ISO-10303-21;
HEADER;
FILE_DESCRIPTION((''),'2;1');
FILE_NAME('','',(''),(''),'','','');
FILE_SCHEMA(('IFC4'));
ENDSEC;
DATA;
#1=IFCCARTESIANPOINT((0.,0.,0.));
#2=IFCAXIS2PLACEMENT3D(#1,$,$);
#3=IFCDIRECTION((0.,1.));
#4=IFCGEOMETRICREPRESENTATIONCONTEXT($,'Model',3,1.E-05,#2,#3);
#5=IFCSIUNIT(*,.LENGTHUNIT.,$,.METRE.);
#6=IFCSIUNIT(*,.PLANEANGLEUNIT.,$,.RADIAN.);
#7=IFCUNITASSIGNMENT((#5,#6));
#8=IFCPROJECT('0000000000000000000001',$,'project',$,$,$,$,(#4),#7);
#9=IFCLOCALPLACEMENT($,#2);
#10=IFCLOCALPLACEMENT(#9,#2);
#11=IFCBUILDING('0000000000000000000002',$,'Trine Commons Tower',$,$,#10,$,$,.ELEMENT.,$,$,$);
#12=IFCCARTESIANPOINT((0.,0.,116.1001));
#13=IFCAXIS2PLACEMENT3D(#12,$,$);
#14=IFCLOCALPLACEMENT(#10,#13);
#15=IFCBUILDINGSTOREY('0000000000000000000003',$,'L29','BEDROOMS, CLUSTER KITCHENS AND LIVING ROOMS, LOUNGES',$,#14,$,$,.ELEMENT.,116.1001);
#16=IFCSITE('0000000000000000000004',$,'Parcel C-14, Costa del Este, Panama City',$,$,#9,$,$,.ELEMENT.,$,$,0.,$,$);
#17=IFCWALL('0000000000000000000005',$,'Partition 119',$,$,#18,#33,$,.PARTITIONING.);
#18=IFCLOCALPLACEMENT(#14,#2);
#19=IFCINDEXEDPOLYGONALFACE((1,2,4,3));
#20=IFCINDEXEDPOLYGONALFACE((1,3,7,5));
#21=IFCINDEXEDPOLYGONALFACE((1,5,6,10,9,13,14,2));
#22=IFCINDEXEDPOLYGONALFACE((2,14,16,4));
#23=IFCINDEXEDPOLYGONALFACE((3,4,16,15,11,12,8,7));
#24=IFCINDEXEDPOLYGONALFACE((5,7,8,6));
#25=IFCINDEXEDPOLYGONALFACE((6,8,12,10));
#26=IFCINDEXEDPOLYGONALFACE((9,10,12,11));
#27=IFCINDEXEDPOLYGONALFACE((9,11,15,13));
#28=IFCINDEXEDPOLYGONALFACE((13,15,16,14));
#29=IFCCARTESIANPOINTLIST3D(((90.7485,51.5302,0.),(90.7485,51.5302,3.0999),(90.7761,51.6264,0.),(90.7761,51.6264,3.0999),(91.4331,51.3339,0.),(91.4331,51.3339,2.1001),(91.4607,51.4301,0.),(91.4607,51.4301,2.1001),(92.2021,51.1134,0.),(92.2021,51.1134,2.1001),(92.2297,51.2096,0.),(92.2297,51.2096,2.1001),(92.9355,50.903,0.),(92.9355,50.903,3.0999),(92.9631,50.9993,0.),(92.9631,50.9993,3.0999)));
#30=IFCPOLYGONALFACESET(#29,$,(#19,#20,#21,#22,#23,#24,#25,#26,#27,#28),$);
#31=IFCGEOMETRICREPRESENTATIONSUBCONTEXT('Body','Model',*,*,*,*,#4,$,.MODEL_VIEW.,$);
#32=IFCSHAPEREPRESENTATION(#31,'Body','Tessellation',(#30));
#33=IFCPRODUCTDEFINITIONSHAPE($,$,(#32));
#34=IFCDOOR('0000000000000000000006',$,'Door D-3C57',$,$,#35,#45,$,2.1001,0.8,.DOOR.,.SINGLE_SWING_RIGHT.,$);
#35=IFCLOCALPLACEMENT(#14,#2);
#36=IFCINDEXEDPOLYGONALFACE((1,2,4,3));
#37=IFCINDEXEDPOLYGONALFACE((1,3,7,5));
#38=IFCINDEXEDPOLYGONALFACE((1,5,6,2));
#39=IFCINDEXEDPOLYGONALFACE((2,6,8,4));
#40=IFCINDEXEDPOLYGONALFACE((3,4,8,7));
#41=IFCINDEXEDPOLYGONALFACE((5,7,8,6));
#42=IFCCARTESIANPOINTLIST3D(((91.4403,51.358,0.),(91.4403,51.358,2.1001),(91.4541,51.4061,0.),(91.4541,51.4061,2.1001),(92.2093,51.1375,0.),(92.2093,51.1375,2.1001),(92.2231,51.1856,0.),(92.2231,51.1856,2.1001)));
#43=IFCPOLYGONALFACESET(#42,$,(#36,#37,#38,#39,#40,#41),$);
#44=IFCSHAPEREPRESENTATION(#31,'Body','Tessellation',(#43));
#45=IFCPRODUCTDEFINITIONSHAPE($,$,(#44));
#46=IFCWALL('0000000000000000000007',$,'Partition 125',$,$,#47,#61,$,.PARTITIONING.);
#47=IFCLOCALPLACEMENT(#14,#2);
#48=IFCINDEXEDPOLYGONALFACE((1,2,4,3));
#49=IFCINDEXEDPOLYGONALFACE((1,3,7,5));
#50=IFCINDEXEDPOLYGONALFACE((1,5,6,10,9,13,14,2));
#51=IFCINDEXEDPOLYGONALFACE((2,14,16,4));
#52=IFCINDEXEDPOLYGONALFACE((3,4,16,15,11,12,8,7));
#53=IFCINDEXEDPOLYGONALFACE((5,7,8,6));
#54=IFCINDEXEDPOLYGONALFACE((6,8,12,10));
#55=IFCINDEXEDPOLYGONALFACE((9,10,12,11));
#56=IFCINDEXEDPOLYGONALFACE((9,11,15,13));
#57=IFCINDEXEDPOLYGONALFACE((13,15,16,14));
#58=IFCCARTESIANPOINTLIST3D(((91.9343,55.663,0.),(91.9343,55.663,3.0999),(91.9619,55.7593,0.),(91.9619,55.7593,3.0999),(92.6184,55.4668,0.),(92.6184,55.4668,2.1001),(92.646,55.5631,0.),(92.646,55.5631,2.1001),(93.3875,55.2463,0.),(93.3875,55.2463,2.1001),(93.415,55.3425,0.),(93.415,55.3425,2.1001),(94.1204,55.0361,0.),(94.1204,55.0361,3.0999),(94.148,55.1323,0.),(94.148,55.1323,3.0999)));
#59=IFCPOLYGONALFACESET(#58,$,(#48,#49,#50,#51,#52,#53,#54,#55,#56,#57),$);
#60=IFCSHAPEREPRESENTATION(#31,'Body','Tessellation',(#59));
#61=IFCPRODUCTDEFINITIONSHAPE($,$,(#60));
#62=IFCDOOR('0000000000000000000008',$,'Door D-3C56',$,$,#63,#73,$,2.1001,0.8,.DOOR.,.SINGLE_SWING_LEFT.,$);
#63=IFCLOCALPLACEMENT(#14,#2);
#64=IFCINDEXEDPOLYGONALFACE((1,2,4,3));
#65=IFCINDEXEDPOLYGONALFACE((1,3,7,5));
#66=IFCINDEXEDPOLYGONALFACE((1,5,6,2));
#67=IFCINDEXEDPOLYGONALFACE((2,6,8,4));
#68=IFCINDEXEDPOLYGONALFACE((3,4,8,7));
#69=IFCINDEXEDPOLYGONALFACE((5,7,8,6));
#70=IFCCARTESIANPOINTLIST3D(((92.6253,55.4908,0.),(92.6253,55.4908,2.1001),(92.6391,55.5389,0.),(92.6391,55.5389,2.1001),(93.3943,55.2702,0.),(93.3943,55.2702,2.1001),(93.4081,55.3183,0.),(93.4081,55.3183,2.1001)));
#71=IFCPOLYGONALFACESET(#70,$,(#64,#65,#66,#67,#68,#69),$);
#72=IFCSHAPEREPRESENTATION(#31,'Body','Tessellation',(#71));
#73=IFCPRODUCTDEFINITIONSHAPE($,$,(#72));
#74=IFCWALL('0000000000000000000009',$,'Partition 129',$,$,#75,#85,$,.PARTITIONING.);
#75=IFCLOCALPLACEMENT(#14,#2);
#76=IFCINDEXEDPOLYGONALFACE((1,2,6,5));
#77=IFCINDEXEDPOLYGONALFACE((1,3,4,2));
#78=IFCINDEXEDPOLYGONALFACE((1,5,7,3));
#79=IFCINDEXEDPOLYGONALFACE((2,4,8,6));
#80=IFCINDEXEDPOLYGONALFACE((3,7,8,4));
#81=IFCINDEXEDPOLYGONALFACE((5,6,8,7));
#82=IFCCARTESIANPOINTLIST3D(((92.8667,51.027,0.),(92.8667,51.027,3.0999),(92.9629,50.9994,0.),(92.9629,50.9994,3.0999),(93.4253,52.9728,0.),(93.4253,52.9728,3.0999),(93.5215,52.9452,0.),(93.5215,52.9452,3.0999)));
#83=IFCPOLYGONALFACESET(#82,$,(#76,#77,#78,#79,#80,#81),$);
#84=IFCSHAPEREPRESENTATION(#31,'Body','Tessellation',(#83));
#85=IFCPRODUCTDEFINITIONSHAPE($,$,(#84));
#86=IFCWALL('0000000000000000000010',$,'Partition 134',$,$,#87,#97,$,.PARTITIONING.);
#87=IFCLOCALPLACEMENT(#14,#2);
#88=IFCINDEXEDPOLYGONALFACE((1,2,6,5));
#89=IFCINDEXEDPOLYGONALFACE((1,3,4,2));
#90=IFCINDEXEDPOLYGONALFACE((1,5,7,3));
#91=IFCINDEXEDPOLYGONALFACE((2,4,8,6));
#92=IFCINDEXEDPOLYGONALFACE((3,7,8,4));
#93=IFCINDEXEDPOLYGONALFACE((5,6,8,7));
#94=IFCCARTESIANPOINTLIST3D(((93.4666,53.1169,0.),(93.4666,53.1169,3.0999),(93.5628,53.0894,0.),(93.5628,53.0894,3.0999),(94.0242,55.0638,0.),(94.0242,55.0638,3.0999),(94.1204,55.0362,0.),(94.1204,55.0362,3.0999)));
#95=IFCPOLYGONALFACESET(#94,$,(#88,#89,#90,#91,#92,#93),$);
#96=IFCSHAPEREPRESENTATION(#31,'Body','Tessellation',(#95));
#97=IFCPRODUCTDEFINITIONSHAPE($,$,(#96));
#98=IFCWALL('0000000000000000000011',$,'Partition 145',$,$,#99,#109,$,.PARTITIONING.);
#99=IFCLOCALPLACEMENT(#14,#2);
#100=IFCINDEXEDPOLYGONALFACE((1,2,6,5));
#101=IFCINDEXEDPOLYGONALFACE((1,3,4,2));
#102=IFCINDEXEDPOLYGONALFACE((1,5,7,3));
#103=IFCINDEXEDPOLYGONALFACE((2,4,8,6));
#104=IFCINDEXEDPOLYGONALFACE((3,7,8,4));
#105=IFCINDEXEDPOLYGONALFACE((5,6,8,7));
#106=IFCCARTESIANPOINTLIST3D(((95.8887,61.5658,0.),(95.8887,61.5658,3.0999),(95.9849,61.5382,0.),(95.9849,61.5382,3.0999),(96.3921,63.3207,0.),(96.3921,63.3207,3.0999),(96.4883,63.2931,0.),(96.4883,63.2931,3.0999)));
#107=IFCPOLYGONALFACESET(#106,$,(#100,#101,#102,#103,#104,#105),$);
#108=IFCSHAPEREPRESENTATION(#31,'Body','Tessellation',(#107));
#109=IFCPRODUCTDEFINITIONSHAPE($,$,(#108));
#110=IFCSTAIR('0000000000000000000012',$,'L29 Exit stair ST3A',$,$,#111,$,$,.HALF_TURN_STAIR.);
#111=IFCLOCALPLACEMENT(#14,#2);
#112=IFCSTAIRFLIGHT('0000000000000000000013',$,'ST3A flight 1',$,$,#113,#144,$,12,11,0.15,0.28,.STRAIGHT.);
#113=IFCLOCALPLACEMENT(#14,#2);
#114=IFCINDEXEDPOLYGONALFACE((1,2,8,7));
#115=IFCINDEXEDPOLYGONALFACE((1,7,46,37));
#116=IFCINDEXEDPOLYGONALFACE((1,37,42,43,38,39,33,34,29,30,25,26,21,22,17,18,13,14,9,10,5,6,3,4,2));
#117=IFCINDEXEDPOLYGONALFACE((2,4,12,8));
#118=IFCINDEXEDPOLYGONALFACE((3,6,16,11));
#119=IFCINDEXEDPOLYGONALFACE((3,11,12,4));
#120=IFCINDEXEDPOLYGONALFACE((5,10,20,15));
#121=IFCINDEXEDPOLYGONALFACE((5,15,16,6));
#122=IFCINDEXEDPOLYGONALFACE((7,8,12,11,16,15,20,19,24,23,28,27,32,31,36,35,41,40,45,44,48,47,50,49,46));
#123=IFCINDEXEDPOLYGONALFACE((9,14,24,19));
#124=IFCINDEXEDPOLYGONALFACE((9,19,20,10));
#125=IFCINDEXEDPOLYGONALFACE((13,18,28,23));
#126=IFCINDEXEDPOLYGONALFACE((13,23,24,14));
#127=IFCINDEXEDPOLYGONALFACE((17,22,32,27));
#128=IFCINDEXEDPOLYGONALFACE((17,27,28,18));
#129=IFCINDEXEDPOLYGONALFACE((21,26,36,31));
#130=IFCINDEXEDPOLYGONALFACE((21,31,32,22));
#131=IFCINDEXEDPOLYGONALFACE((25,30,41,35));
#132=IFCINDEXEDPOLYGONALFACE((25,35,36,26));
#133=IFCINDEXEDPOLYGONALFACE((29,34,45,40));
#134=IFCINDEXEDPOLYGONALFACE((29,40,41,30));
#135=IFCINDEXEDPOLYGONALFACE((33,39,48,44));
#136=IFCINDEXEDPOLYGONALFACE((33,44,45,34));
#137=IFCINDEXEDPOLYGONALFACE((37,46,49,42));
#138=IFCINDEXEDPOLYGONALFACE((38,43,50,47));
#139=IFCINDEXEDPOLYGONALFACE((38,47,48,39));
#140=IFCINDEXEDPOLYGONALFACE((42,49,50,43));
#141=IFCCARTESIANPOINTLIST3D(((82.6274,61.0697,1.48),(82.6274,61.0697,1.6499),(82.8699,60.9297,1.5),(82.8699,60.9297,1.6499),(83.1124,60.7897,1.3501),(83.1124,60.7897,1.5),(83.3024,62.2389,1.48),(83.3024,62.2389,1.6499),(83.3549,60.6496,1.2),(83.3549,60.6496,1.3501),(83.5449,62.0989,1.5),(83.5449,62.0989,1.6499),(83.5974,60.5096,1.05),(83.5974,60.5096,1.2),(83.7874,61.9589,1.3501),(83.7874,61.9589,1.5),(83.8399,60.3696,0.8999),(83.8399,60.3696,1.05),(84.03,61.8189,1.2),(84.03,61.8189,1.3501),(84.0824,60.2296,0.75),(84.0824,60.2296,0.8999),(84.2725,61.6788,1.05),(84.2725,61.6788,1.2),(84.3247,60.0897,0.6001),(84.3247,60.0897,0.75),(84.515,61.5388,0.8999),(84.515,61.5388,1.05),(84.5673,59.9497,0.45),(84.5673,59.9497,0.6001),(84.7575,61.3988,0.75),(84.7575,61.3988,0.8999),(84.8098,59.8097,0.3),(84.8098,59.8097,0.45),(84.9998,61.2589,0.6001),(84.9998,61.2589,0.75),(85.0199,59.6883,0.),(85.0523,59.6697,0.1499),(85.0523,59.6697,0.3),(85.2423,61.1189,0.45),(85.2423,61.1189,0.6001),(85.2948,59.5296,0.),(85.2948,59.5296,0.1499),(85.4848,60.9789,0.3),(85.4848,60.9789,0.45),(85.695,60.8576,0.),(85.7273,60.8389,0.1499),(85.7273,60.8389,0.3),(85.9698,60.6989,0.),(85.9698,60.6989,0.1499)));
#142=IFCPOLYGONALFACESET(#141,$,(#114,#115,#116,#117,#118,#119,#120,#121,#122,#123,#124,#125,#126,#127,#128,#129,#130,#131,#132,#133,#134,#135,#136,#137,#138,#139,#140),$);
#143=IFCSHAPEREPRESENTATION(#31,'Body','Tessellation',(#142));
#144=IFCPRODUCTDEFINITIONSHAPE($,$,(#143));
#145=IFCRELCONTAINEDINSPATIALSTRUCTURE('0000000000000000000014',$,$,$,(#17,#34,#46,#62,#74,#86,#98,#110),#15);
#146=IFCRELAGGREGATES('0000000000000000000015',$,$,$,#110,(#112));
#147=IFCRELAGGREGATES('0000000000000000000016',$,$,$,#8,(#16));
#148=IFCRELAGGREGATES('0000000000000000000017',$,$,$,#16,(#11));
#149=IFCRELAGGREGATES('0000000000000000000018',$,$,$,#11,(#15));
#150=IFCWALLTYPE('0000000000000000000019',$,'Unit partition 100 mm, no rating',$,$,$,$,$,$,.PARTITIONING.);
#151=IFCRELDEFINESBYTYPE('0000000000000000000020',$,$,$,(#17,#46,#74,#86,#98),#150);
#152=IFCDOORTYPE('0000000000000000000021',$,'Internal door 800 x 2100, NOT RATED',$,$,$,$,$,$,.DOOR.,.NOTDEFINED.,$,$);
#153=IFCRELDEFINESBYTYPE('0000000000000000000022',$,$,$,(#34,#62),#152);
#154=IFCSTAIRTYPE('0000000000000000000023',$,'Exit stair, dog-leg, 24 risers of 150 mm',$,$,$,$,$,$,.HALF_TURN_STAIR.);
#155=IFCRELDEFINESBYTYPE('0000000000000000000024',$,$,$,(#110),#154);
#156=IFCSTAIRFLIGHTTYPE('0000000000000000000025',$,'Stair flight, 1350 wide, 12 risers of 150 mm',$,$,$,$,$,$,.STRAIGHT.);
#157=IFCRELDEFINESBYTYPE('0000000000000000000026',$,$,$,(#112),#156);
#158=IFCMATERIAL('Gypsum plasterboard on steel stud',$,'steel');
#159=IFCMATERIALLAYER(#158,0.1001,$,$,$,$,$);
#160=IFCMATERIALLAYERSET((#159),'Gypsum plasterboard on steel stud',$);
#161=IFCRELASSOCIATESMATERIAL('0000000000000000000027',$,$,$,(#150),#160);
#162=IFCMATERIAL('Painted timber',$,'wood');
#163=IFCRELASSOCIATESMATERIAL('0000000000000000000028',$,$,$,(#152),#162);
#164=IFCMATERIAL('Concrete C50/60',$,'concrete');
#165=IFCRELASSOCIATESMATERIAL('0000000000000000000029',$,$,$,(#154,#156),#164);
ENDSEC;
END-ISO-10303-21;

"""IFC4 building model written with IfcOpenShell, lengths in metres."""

from ifc_helpers import new_model, si_unit, direction, frame, frame_2d, origin, place, context, subcontext, project, spatial, polyline, rectangle, outline, extrude, material, layer, layer_set, type_object, element, fill, aggregate, save


model = new_model("IFC4")

# Units and contexts
model_context = context("Model", 3, precision=1e-05, world=origin(), true_north=direction((0.0, 1.0)))
body_context = subcontext(model_context, "Body", "Model", "MODEL_VIEW")
ifc_project = project(units=[si_unit("LENGTHUNIT", "METRE"), si_unit("PLANEANGLEUNIT", "RADIAN")], contexts=[model_context])

# Site, building, storey
site_placement = place(None, origin())
site = spatial("IfcSite", under=ifc_project, at=site_placement, Name="Parcel C-14, Costa del Este, Panama City", CompositionType="ELEMENT", RefElevation=0.0)
building_placement = place(site_placement, origin())
building = spatial("IfcBuilding", under=site, at=building_placement, Name="Trine Commons Tower", CompositionType="ELEMENT")
storey_placement = place(building_placement, frame((0.0, 0.0, 116.1001)))
storey = spatial("IfcBuildingStorey", under=building, at=storey_placement, Name="L29", Description="BEDROOMS, CLUSTER KITCHENS AND LIVING ROOMS, LOUNGES", CompositionType="ELEMENT", Elevation=116.1001)

# Shared definitions
ifc_material_1 = material(Name="Concrete C50/60", Category="concrete")

# Shared definitions
ifc_material_2 = material(Name="Gypsum plasterboard on steel stud", Category="steel")

# Walls, openings, doors
ifc_layer_1 = layer(ifc_material_2, 0.1001)
ifc_layer_set_1 = layer_set([ifc_layer_1], Name="Gypsum plasterboard on steel stud")
wall_type_1 = type_object("IfcWallType", Name="Unit partition 100 mm, no rating", PredefinedType="PARTITIONING", material=ifc_layer_set_1)
wall_1_placement = place(storey_placement, frame((90.7622, 51.5784, 0.0), z_axis=(0.0, 0.0, 1.0), x_axis=(0.961252, -0.275671, 0.0)))
wall_1 = element("IfcWall", 1, at=wall_1_placement, inside=storey, type_object=wall_type_1, Name="Partition 119", PredefinedType="PARTITIONING", context=body_context, shape_type="SweptSolid", body=[
    extrude(rectangle(XDim=2.2751, YDim=0.1001, at=frame_2d((1.1377, 0.0))), origin(), (0.0, 0.0, 1.0), 3.0999),
])
opening_1_placement = place(wall_1_placement, frame((0.7124, 0.0, 0.0)))
opening_1 = element("IfcOpeningElement", 2, at=opening_1_placement, cuts=wall_1, PredefinedType="OPENING", context=body_context, shape_type="SweptSolid", body=[
    extrude(rectangle(XDim=0.8, YDim=2.1001, at=frame_2d((0.3999, 1.05))), frame((0.0, 0.0601, 0.0), z_axis=(0.0, -1.0, 0.0), x_axis=(1.0, 0.0, 0.0)), (0.0, 0.0, 1.0), 0.1201),
])
ifc_material_3 = material(Name="Painted timber", Category="wood")
door_type_1 = type_object("IfcDoorType", Name="Internal door 800 x 2100, NOT RATED", OperationType="NOTDEFINED", PredefinedType="DOOR", material=ifc_material_3)
door_1_placement = place(opening_1_placement, frame((0.8, 0.0, 0.0), z_axis=(0.0, 0.0, 1.0), x_axis=(-1.0, 0.0, 0.0)))
door_1 = element("IfcDoor", 3, at=door_1_placement, inside=storey, type_object=door_type_1, Name="Door D-3C57", OperationType="SINGLE_SWING_RIGHT", OverallHeight=2.1001, OverallWidth=0.8, PredefinedType="DOOR", context=body_context, shape_type="SweptSolid", body=[
    extrude(rectangle(XDim=0.8, YDim=2.1001, at=frame_2d((0.3999, 1.05))), frame((0.0, 0.0249, 0.0), z_axis=(0.0, -1.0, 0.0), x_axis=(1.0, 0.0, 0.0)), (0.0, 0.0, 1.0), 0.05),
])
fill(opening_1, door_1)
wall_2_placement = place(storey_placement, frame((91.948, 55.7112, 0.0), z_axis=(0.0, 0.0, 1.0), x_axis=(0.961248, -0.275685, 0.0)))
wall_2 = element("IfcWall", 4, at=wall_2_placement, inside=storey, type_object=wall_type_1, Name="Partition 125", PredefinedType="PARTITIONING", context=body_context, shape_type="SweptSolid", body=[
    extrude(rectangle(XDim=2.2742, YDim=0.1001, at=frame_2d((1.1372, 0.0))), origin(), (0.0, 0.0, 1.0), 3.0999),
])
opening_2_placement = place(wall_2_placement, frame((0.7119, 0.0, 0.0)))
opening_2 = element("IfcOpeningElement", 5, at=opening_2_placement, cuts=wall_2, PredefinedType="OPENING", context=body_context, shape_type="SweptSolid", body=[
    extrude(rectangle(XDim=0.8, YDim=2.1001, at=frame_2d((0.3999, 1.05))), frame((0.0, 0.0601, 0.0), z_axis=(0.0, -1.0, 0.0), x_axis=(1.0, 0.0, 0.0)), (0.0, 0.0, 1.0), 0.1201),
])
door_2_placement = place(opening_2_placement, origin())
door_2 = element("IfcDoor", 6, at=door_2_placement, inside=storey, type_object=door_type_1, Name="Door D-3C56", OperationType="SINGLE_SWING_LEFT", OverallHeight=2.1001, OverallWidth=0.8, PredefinedType="DOOR", context=body_context, shape_type="SweptSolid", body=[
    extrude(rectangle(XDim=0.8, YDim=2.1001, at=frame_2d((0.3999, 1.05))), frame((0.0, 0.0249, 0.0), z_axis=(0.0, -1.0, 0.0), x_axis=(1.0, 0.0, 0.0)), (0.0, 0.0, 1.0), 0.05),
])
fill(opening_2, door_2)

# Walls
wall_3_placement = place(storey_placement, frame((92.9148, 51.0132, 0.0), z_axis=(0.0, 0.0, 1.0), x_axis=(0.275931, 0.961177, 0.0)))
element("IfcWall", 7, at=wall_3_placement, inside=storey, type_object=wall_type_1, Name="Partition 129", PredefinedType="PARTITIONING", context=body_context, shape_type="SweptSolid", body=[
    extrude(rectangle(XDim=2.0244, YDim=0.1001, at=frame_2d((1.0122, 0.0))), origin(), (0.0, 0.0, 1.0), 3.0999),
])
wall_4_placement = place(storey_placement, frame((93.5146, 53.103, 0.0), z_axis=(0.0, 0.0, 1.0), x_axis=(0.275358, 0.961342, 0.0)))
element("IfcWall", 8, at=wall_4_placement, inside=storey, type_object=wall_type_1, Name="Partition 134", PredefinedType="PARTITIONING", context=body_context, shape_type="SweptSolid", body=[
    extrude(rectangle(XDim=2.0251, YDim=0.1001, at=frame_2d((1.0127, 0.0))), origin(), (0.0, 0.0, 1.0), 3.0999),
])
wall_5_placement = place(storey_placement, frame((95.9368, 61.552, 0.0), z_axis=(0.0, 0.0, 1.0), x_axis=(0.275745, 0.961231, 0.0)))
element("IfcWall", 9, at=wall_5_placement, inside=storey, type_object=wall_type_1, Name="Partition 145", PredefinedType="PARTITIONING", context=body_context, shape_type="SweptSolid", body=[
    extrude(rectangle(XDim=1.8257, YDim=0.1001, at=frame_2d((0.9128, 0.0))), origin(), (0.0, 0.0, 1.0), 3.0999),
])

# Stair, stair flight
stair_type = type_object("IfcStairType", Name="Exit stair, dog-leg, 24 risers of 150 mm", PredefinedType="HALF_TURN_STAIR", material=ifc_material_1)
stair_placement = place(storey_placement, origin())
stair = element("IfcStair", 10, at=stair_placement, inside=storey, type_object=stair_type, Name="L29 Exit stair ST3A", PredefinedType="HALF_TURN_STAIR")
stair_flight_type = type_object("IfcStairFlightType", Name="Stair flight, 1350 wide, 12 risers of 150 mm", PredefinedType="STRAIGHT", material=ifc_material_1)
stair_flight_placement = place(storey_placement, frame((85.6323, 60.1143, 0.0), z_axis=(0.0, 0.0, 1.0), x_axis=(-0.866025, 0.5, 0.0)))
stair_flight = element("IfcStairFlight", 11, at=stair_flight_placement, type_object=stair_flight_type, Name="ST3A flight 1", NumberOfRisers=12, NumberOfTreads=11, PredefinedType="STRAIGHT", RiserHeight=0.15, TreadLength=0.28, context=body_context, shape_type="SweptSolid", body=[
    extrude(outline(polyline([(0.0, 0.0), (0.0, 0.1499), (0.28, 0.1499), (0.28, 0.3), (0.5601, 0.3), (0.5601, 0.45), (0.8401, 0.45), (0.8401, 0.6001), (1.1201, 0.6001), (1.1201, 0.75), (1.3999, 0.75), (1.3999, 0.8999), (1.6799, 0.8999), (1.6799, 1.05), (1.96, 1.05), (1.96, 1.2), (2.24, 1.2), (2.24, 1.3501), (2.52, 1.3501), (2.52, 1.5), (2.8, 1.5), (2.8, 1.6499), (3.0801, 1.6499), (3.0801, 1.8), (3.0801, 1.48), (0.3174, 0.0), (0.0, 0.0)])), frame((0.0, 0.675, 0.0), z_axis=(0.0, -1.0, 0.0), x_axis=(1.0, 0.0, 0.0)), (0.0, 0.0, 1.0), 1.3501),
])
aggregate(stair, [stair_flight])

save(model, "model.ifc")
